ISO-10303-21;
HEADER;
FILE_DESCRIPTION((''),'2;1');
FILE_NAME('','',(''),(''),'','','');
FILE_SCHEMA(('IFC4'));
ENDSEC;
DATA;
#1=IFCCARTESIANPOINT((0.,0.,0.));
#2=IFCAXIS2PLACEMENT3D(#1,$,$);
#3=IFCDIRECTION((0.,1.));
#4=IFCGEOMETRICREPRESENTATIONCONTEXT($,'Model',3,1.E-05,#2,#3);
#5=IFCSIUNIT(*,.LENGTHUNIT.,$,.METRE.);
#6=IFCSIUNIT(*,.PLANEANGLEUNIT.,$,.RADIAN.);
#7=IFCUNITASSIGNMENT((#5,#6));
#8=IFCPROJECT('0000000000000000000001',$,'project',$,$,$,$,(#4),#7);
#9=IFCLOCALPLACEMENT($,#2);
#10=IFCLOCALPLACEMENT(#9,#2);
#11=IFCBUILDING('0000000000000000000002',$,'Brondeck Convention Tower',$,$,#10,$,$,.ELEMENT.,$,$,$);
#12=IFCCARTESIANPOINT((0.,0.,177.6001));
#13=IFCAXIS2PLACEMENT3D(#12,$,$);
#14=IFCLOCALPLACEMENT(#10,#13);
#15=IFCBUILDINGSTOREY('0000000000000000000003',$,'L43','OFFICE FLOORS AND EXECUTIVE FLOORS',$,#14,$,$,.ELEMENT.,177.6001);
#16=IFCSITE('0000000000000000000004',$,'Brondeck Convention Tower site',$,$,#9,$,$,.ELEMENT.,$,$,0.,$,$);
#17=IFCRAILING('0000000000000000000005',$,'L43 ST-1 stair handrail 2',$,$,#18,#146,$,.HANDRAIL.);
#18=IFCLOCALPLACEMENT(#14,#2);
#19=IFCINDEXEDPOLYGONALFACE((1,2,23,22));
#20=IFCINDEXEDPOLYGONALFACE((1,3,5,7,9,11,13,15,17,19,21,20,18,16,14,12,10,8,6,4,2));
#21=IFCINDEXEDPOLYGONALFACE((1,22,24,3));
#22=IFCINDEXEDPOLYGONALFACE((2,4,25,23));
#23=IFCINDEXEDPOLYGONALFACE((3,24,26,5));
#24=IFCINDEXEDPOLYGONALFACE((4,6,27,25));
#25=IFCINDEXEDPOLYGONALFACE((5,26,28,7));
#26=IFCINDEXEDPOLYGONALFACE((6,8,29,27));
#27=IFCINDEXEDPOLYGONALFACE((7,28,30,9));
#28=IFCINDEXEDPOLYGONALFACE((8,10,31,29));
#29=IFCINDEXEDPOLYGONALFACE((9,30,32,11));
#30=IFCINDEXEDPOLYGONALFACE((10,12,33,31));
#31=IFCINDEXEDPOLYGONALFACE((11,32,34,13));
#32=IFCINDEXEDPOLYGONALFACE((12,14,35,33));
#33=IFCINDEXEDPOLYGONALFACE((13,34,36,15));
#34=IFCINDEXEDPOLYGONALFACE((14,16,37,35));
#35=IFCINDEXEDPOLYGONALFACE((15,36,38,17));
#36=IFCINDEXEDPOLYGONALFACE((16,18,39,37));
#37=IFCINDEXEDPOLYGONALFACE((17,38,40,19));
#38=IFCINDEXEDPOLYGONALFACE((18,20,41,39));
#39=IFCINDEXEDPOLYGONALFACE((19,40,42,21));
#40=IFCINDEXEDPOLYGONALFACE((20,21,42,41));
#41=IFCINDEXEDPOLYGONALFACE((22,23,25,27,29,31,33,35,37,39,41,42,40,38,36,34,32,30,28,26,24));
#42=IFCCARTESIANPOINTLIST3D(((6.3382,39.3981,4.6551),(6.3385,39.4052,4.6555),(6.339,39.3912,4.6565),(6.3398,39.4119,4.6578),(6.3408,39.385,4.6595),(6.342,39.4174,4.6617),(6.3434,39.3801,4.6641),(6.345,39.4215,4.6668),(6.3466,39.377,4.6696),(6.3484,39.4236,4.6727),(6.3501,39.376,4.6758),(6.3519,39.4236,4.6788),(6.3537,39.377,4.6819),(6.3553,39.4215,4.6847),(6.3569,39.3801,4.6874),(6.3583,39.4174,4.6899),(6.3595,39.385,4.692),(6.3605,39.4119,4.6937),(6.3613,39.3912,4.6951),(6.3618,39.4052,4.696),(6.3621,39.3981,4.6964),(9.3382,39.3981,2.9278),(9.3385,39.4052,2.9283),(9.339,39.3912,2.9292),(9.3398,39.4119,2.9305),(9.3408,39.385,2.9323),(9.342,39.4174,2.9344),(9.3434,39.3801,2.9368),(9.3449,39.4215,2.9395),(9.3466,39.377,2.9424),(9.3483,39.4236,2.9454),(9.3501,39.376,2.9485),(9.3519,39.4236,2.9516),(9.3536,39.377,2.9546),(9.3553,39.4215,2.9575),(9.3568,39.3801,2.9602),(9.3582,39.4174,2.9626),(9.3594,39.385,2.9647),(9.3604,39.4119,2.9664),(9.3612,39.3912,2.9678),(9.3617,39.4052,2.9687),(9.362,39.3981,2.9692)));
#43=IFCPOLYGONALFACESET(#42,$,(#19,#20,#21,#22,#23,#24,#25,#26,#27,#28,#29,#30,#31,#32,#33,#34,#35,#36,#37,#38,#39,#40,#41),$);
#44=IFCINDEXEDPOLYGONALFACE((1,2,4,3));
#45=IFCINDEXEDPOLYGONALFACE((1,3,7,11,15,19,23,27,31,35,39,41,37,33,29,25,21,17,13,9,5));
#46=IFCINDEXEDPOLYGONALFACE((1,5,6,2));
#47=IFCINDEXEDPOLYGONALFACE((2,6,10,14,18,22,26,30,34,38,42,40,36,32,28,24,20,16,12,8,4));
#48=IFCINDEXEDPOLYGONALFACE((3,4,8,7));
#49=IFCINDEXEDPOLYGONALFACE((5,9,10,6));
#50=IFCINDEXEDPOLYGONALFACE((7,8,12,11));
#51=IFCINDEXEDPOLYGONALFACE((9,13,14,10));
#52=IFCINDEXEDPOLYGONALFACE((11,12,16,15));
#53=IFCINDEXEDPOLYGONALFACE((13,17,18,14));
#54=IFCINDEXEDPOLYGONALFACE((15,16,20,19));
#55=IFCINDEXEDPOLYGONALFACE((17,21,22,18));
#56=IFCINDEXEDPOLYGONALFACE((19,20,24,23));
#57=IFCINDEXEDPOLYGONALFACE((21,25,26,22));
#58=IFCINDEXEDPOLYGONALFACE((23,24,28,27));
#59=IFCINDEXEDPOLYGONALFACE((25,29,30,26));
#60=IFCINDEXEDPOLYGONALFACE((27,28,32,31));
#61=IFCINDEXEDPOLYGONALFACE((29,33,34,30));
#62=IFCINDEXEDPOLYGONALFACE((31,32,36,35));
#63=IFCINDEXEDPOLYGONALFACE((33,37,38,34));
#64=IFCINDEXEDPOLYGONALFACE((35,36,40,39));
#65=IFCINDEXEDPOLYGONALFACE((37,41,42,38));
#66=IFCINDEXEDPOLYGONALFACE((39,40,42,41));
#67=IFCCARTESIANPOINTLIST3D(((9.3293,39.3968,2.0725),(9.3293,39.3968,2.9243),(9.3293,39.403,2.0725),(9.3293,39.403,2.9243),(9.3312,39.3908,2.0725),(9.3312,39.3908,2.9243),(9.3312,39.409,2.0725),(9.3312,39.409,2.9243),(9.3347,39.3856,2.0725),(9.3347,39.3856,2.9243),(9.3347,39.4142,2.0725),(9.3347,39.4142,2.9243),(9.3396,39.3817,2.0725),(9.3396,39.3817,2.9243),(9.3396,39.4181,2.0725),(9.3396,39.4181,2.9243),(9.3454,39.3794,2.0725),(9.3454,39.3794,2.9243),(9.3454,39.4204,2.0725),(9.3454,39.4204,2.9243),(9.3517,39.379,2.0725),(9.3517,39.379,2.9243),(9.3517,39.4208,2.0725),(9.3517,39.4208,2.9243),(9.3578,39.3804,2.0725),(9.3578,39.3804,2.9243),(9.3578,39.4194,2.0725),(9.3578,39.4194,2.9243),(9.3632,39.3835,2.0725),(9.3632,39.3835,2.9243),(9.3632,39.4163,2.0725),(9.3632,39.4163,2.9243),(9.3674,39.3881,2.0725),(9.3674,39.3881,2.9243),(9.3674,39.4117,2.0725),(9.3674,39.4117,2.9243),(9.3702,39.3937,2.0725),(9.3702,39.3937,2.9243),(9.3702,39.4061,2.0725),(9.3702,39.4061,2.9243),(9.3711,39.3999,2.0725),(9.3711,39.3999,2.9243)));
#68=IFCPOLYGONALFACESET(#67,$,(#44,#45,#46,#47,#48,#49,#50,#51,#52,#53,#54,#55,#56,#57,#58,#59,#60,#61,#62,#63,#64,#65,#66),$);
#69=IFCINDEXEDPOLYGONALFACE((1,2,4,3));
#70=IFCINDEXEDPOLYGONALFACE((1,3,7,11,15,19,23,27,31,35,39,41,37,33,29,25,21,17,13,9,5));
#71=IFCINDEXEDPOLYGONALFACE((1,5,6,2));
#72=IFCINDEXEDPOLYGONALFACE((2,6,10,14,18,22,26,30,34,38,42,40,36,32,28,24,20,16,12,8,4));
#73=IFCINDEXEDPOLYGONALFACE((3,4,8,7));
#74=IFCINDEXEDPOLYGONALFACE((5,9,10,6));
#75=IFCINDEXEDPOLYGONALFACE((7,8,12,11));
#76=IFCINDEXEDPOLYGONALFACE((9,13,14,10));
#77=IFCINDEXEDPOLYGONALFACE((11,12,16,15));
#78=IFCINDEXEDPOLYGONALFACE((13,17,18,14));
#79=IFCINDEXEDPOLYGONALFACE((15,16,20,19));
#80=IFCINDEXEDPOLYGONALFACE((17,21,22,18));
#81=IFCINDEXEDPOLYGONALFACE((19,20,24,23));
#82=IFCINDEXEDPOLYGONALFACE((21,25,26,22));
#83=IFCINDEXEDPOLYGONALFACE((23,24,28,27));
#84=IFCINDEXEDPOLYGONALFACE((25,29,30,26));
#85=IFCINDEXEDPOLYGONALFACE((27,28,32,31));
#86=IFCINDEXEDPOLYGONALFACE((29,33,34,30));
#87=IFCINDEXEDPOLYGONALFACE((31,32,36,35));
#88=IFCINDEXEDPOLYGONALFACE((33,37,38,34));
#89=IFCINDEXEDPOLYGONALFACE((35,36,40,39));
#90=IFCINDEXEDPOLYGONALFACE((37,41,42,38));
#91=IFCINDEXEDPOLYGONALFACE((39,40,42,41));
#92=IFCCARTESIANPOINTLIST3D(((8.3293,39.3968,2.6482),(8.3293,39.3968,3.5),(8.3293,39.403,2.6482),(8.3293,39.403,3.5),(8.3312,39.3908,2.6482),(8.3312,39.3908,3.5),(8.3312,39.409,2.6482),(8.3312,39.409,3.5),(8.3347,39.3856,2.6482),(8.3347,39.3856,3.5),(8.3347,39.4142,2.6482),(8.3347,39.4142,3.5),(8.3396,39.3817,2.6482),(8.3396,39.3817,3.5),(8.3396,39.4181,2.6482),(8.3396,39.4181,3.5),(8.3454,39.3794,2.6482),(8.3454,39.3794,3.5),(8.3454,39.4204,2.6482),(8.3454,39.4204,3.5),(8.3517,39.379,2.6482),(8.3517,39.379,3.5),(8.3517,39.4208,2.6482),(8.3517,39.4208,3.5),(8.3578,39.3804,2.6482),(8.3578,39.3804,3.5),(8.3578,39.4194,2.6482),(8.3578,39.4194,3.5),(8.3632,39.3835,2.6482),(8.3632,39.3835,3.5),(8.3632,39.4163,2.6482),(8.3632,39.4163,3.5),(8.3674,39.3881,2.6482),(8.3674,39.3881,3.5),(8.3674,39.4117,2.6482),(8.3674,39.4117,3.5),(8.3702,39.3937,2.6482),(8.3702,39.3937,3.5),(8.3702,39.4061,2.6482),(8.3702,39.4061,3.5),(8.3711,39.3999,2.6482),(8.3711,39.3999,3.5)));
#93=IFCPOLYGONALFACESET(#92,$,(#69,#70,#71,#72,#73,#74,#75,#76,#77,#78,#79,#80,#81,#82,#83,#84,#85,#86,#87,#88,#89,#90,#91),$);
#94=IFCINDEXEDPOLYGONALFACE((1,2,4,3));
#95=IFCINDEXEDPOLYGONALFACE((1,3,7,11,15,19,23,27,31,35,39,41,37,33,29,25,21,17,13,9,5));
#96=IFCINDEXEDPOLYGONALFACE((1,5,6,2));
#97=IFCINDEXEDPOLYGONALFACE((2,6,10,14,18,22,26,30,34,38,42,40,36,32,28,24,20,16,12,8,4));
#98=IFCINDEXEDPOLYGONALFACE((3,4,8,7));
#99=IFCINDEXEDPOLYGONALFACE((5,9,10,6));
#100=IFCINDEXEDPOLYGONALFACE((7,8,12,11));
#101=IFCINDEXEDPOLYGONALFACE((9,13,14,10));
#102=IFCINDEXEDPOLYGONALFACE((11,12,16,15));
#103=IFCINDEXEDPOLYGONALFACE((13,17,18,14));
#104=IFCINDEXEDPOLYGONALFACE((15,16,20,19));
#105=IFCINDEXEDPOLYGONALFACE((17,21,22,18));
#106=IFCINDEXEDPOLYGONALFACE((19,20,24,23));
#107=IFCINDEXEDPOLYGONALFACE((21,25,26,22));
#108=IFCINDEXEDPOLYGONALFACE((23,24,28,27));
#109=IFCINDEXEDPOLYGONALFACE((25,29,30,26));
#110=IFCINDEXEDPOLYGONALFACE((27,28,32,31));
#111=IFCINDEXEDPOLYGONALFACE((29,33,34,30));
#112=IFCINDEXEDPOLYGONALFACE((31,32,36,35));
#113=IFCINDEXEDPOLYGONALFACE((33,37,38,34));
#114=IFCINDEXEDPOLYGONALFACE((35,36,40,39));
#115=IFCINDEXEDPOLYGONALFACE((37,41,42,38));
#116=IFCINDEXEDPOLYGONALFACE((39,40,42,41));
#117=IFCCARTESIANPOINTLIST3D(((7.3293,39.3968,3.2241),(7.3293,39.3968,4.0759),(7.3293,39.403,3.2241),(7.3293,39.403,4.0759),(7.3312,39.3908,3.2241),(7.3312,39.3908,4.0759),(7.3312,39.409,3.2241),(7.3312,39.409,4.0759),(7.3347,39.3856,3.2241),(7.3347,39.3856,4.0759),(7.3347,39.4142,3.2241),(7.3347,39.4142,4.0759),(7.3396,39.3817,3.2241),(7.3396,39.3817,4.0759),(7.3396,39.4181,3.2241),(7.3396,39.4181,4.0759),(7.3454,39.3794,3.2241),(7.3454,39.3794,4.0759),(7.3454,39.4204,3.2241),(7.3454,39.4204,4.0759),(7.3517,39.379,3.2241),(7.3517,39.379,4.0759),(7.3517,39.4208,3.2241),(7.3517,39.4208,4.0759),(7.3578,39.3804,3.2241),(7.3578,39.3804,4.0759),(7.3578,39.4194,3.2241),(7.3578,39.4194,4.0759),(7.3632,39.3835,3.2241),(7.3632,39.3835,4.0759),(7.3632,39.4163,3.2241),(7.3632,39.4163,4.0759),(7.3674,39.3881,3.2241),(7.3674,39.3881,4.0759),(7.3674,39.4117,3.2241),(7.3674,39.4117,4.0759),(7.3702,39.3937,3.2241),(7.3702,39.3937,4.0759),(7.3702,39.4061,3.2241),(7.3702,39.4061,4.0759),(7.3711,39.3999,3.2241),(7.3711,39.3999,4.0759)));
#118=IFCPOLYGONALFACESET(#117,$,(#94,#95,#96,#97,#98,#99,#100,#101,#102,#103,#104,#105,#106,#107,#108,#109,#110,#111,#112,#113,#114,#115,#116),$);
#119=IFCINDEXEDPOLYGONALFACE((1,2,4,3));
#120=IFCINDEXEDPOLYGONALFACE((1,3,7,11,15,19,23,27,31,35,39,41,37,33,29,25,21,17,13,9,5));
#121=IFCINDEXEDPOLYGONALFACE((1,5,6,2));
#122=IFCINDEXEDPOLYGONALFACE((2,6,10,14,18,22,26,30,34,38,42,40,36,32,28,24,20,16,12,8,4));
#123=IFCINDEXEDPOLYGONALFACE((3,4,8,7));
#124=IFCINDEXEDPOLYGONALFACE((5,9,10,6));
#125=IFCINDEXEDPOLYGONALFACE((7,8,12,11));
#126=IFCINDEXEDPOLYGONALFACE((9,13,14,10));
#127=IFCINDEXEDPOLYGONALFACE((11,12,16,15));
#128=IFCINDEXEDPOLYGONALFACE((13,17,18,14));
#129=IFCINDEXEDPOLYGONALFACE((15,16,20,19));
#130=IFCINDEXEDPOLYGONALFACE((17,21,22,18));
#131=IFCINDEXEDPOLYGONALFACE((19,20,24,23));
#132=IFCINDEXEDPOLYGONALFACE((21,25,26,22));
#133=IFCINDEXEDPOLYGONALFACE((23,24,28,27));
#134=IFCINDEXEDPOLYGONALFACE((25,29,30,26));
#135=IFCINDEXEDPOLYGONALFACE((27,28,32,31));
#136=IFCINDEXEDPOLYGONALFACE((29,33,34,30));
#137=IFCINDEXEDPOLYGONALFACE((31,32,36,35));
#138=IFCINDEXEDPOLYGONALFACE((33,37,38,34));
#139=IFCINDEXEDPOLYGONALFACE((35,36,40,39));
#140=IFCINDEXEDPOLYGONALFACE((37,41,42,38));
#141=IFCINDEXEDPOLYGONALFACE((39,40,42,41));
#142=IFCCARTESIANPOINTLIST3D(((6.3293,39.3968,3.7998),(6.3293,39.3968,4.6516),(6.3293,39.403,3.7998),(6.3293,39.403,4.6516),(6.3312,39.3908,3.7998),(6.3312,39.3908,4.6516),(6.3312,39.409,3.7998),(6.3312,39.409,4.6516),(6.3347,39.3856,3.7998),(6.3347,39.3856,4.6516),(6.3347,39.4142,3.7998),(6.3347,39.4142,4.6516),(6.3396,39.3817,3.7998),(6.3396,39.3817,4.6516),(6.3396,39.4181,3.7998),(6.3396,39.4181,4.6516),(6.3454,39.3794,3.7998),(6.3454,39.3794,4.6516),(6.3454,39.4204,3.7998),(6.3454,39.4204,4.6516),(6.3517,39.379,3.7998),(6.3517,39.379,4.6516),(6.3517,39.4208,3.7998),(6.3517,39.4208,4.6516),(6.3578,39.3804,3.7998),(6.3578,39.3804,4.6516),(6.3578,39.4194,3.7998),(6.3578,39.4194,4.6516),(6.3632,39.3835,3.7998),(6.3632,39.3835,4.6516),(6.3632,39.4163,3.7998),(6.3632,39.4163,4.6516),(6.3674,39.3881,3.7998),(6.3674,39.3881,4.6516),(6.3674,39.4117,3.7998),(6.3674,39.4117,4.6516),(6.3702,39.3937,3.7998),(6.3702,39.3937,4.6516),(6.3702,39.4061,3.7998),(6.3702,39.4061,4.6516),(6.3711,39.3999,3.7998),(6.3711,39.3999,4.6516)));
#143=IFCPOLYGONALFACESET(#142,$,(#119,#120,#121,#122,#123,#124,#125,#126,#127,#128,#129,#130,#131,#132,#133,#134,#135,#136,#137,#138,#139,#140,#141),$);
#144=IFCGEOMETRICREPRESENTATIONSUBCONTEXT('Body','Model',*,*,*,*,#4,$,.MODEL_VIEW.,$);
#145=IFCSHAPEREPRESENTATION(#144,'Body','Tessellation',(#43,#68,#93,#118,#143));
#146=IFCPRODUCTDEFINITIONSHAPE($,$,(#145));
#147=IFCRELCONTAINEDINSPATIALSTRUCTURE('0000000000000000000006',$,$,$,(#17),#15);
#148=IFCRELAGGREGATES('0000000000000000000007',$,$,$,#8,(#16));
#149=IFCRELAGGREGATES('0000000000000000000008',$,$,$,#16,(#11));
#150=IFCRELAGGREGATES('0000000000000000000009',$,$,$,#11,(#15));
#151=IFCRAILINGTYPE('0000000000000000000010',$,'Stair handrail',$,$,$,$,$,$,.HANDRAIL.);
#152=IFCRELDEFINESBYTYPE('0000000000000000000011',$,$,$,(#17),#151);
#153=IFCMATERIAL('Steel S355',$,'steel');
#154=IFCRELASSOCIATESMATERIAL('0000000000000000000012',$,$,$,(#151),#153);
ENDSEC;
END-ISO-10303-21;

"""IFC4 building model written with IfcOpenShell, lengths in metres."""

from ifc_helpers import new_model, si_unit, direction, frame, origin, origin_2d, place, context, subcontext, project, spatial, circle, extrude, material, type_object, element, save


model = new_model("IFC4")

# Units and contexts
model_context = context("Model", 3, precision=1e-05, world=origin(), true_north=direction((0.0, 1.0)))
body_context = subcontext(model_context, "Body", "Model", "MODEL_VIEW")
ifc_project = project(units=[si_unit("LENGTHUNIT", "METRE"), si_unit("PLANEANGLEUNIT", "RADIAN")], contexts=[model_context])

# Site, building, storey
site_placement = place(None, origin())
site = spatial("IfcSite", under=ifc_project, at=site_placement, Name="Brondeck Convention Tower site", CompositionType="ELEMENT", RefElevation=0.0)
building_placement = place(site_placement, origin())
building = spatial("IfcBuilding", under=site, at=building_placement, Name="Brondeck Convention Tower", CompositionType="ELEMENT")
storey_placement = place(building_placement, frame((0.0, 0.0, 177.6001)))
storey = spatial("IfcBuildingStorey", under=building, at=storey_placement, Name="L43", Description="OFFICE FLOORS AND EXECUTIVE FLOORS", CompositionType="ELEMENT", Elevation=177.6001)

# Shared definitions
ifc_material_1 = material(Name="Steel S355", Category="steel")

# Railing
railing_type_1 = type_object("IfcRailingType", Name="Stair handrail", PredefinedType="HANDRAIL", material=ifc_material_1)
railing_1_placement = place(storey_placement, frame((9.3501, 39.3999, 2.0725)))
element("IfcRailing", 1, at=railing_1_placement, inside=storey, type_object=railing_type_1, Name="L43 ST-1 stair handrail 2", PredefinedType="HANDRAIL", context=body_context, shape_type="SweptSolid", body=[
    extrude(circle(Radius=0.0239, at=origin_2d()), frame((0.0, 0.0, 0.876), z_axis=(-0.86662, 0.0, 0.498969), x_axis=(0.0, -1.0, 0.0)), (0.0, 0.0, 1.0), 3.4617),
    extrude(circle(Radius=0.021, at=origin_2d()), origin(), (0.0, 0.0, 1.0), 0.8518),
    extrude(circle(Radius=0.021, at=origin_2d()), frame((-1.0, 0.0, 0.5757)), (0.0, 0.0, 1.0), 0.8518),
    extrude(circle(Radius=0.021, at=origin_2d()), frame((-2.0, 0.0, 1.1516)), (0.0, 0.0, 1.0), 0.8518),
    extrude(circle(Radius=0.021, at=origin_2d()), frame((-3.0, 0.0, 1.7273)), (0.0, 0.0, 1.0), 0.8518),
])

save(model, "model.ifc")
